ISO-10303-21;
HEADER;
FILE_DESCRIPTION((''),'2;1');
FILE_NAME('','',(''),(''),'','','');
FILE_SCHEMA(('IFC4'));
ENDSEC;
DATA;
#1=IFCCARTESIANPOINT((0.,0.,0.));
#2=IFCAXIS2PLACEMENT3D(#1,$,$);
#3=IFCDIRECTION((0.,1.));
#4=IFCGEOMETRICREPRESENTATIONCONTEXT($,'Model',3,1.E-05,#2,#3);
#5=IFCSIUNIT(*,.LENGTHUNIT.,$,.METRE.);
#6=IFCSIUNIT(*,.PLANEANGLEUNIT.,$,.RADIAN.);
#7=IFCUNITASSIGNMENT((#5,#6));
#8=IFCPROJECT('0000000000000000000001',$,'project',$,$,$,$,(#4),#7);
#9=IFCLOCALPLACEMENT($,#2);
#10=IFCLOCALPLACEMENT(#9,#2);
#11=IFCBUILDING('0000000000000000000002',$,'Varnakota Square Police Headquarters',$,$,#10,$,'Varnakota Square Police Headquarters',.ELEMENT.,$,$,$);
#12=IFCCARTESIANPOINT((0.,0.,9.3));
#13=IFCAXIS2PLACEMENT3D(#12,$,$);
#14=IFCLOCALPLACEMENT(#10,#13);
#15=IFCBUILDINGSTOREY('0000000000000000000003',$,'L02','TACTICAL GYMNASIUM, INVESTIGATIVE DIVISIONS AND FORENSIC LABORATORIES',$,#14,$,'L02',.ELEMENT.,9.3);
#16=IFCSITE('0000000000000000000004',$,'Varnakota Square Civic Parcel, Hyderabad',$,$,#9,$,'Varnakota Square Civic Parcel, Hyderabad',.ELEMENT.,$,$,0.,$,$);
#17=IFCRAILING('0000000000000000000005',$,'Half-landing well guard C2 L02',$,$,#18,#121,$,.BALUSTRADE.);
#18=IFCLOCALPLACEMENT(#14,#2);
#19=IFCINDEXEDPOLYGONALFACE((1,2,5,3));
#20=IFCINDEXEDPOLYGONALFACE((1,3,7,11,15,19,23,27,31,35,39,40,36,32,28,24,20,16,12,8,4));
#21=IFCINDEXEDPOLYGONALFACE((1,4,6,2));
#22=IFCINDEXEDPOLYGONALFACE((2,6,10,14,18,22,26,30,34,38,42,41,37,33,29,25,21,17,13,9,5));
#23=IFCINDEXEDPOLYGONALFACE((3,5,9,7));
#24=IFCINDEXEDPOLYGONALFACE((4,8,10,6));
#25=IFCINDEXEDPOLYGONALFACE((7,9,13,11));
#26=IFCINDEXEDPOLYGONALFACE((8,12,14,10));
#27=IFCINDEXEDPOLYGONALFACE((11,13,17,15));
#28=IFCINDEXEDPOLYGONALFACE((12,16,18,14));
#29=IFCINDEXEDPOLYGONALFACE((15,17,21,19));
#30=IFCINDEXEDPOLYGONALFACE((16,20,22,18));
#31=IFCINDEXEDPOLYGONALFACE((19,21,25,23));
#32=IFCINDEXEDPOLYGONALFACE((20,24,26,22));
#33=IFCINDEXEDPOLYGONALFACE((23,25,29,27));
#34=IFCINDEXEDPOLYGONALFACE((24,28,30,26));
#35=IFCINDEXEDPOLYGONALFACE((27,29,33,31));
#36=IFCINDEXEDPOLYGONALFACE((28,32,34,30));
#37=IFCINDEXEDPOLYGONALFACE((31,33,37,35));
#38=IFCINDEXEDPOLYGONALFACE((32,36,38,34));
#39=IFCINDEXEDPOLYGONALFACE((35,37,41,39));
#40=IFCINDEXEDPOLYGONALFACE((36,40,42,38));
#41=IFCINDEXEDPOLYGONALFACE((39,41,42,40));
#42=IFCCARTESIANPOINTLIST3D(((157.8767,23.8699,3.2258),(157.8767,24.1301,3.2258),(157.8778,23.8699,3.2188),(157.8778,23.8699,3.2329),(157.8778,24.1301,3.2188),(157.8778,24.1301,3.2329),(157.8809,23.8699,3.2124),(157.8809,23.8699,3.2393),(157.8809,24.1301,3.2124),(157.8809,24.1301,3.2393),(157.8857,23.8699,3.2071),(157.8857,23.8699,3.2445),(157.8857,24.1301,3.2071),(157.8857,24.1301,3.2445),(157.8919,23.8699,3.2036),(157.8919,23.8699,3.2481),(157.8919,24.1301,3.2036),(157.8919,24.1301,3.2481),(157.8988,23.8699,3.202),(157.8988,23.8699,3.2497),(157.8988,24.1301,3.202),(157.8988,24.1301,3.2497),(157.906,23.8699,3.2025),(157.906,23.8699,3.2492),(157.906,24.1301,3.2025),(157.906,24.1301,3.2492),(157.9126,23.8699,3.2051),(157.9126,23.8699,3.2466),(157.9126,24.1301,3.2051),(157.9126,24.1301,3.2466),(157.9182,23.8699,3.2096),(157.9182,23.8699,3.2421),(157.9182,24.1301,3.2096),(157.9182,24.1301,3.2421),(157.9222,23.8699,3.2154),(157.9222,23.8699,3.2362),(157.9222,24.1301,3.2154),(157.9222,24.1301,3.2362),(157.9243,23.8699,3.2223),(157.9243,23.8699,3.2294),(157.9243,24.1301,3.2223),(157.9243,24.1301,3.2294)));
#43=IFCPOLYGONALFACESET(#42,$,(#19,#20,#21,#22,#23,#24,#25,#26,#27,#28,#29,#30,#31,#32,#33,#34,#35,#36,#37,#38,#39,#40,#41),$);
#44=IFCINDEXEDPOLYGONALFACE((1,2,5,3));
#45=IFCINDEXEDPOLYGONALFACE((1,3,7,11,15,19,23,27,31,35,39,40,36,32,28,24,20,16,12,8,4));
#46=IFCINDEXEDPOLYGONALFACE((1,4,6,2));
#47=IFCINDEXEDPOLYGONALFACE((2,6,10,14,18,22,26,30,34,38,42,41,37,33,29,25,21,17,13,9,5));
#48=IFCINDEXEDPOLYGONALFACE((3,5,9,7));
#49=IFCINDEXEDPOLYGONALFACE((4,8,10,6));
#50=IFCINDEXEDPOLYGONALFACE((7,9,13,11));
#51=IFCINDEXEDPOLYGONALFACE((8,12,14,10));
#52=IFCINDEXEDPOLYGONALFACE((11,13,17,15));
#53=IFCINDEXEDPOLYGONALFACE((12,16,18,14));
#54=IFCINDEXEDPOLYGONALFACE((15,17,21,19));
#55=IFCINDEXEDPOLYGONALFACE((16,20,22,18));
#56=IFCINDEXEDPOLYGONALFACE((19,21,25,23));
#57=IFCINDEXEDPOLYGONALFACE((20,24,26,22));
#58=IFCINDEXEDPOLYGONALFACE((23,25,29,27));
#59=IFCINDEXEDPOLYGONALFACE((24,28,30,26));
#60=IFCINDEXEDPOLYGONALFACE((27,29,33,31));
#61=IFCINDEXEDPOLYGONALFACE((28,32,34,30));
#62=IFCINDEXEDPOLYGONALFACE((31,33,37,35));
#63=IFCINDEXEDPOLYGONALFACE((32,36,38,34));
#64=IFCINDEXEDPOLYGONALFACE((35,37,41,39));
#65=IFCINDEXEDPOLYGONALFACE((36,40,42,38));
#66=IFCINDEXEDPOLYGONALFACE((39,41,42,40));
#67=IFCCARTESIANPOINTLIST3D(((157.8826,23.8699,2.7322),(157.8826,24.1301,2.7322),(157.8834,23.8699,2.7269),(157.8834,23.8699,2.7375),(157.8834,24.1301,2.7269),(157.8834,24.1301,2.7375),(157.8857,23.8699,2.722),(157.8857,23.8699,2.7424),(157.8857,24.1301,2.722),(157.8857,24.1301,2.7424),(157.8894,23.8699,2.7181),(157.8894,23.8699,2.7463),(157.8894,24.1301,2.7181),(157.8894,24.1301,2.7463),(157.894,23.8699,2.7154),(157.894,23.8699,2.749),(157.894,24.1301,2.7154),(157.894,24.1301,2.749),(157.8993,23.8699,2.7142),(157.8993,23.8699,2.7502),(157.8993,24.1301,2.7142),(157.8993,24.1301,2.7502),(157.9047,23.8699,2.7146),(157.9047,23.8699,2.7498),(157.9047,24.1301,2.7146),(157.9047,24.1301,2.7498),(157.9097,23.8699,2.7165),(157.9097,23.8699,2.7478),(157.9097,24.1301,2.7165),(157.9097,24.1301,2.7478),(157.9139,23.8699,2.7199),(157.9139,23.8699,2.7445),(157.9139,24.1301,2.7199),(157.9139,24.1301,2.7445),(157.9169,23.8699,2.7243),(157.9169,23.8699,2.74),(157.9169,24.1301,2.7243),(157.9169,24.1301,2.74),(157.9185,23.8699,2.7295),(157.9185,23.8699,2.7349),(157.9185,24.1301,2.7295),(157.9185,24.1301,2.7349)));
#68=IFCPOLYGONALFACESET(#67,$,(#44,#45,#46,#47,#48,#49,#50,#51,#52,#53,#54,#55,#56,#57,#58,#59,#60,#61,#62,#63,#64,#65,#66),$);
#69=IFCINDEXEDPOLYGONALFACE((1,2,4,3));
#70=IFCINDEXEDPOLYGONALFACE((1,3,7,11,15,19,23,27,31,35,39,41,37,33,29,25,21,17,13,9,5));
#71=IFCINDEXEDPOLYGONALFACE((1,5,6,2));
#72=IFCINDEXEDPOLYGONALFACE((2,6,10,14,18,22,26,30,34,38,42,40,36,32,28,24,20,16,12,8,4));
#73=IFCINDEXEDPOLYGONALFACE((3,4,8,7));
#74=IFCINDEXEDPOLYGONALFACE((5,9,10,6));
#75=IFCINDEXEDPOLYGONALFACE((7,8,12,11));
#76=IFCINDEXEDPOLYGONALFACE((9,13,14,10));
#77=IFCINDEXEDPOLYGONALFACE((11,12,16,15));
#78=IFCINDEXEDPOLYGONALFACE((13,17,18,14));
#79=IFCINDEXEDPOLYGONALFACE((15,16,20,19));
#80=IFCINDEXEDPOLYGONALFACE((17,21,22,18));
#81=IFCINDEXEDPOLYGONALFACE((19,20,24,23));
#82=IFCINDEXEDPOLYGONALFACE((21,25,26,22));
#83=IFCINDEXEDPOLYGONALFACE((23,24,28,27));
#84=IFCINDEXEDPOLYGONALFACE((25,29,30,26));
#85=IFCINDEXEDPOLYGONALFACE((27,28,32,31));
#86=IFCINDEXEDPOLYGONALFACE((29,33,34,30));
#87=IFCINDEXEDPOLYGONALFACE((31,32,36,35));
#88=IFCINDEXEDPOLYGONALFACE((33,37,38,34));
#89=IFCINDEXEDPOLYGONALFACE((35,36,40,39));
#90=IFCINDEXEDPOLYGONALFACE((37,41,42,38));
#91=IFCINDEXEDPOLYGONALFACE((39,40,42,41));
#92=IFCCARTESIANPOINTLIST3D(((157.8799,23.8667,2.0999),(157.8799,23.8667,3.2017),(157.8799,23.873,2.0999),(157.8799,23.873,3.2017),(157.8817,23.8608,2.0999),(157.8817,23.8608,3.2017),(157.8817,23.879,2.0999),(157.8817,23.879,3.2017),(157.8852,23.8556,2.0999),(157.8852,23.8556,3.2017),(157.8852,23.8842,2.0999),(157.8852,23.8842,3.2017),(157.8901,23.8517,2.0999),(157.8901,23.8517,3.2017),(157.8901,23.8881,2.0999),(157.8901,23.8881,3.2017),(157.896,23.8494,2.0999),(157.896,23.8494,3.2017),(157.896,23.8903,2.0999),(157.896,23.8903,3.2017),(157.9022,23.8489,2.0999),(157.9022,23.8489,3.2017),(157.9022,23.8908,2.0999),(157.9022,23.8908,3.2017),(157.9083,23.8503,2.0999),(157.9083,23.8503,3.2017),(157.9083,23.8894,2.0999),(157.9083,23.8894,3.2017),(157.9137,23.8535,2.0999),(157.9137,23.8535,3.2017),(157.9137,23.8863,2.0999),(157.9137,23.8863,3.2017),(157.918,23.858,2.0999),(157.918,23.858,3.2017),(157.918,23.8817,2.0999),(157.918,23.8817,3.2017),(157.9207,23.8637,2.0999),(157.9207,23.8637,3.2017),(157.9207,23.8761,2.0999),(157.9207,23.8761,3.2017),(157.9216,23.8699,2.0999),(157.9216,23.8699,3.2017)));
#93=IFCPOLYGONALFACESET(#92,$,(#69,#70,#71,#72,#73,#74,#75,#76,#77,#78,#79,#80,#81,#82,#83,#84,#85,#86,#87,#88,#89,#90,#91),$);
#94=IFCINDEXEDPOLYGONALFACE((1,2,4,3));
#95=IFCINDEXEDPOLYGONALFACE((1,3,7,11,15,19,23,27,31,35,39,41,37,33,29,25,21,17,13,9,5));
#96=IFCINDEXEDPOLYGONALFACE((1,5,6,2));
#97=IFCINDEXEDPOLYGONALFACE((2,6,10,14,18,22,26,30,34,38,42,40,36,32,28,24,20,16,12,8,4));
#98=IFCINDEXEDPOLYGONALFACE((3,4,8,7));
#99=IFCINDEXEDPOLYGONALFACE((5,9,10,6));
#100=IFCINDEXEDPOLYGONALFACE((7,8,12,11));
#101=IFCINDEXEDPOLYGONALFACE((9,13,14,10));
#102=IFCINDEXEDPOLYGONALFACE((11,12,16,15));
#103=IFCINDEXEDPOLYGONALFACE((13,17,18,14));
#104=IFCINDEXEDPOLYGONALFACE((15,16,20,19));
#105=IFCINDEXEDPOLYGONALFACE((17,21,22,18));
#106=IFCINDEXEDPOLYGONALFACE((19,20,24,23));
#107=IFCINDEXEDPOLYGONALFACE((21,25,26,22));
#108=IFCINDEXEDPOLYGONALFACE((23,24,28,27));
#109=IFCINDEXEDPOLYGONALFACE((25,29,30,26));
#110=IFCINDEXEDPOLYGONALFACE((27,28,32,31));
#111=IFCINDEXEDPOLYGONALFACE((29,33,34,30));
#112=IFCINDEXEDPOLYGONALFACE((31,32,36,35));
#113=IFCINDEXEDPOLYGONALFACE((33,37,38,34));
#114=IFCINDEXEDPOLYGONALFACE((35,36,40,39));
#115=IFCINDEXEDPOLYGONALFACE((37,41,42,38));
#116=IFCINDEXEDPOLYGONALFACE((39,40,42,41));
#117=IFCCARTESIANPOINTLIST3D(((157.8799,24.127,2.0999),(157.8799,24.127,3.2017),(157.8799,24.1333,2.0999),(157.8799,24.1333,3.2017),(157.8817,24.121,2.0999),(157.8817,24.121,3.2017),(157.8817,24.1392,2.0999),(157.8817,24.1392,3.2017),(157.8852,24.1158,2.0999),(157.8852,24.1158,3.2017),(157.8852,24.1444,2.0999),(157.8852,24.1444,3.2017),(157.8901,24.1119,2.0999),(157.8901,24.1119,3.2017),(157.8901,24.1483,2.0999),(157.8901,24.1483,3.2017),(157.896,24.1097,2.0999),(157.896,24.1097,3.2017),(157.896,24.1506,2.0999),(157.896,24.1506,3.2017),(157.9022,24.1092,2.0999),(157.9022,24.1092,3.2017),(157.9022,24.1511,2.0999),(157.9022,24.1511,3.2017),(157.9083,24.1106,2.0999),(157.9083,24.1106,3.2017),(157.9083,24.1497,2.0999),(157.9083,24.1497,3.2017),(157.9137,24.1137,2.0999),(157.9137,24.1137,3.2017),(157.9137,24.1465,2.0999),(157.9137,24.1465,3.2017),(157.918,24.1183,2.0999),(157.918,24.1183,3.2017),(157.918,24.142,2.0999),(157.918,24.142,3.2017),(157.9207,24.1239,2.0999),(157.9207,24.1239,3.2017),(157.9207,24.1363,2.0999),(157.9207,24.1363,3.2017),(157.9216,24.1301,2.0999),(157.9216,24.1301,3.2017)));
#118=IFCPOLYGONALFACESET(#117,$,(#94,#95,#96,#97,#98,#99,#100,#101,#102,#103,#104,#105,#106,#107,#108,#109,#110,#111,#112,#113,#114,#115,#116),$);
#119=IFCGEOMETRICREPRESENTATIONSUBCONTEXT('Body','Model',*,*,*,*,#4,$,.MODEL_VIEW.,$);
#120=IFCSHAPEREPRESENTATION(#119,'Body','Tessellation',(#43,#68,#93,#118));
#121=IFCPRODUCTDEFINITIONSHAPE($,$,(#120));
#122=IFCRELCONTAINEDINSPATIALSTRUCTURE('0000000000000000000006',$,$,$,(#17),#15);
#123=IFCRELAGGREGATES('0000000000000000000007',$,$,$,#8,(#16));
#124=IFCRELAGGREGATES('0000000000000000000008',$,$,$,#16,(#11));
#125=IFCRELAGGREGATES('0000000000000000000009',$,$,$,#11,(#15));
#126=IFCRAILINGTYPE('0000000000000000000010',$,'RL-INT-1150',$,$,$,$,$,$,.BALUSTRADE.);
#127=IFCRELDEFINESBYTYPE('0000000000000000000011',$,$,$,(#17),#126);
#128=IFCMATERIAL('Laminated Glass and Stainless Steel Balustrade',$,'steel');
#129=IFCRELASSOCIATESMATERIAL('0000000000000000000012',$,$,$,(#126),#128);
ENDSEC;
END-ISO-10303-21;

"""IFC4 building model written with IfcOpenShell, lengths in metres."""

from ifc_helpers import new_model, si_unit, direction, frame, origin, origin_2d, place, context, subcontext, project, spatial, circle, extrude, material, type_object, element, save


model = new_model("IFC4")

# Units and contexts
model_context = context("Model", 3, precision=1e-05, world=origin(), true_north=direction((0.0, 1.0)))
body_context = subcontext(model_context, "Body", "Model", "MODEL_VIEW")
ifc_project = project(units=[si_unit("LENGTHUNIT", "METRE"), si_unit("PLANEANGLEUNIT", "RADIAN")], contexts=[model_context])

# Site, building, storey
site_placement = place(None, origin())
site = spatial("IfcSite", under=ifc_project, at=site_placement, Name="Varnakota Square Civic Parcel, Hyderabad", LongName="Varnakota Square Civic Parcel, Hyderabad", CompositionType="ELEMENT", RefElevation=0.0)
building_placement = place(site_placement, origin())
building = spatial("IfcBuilding", under=site, at=building_placement, Name="Varnakota Square Police Headquarters", LongName="Varnakota Square Police Headquarters", CompositionType="ELEMENT")
storey_placement = place(building_placement, frame((0.0, 0.0, 9.3)))
storey = spatial("IfcBuildingStorey", under=building, at=storey_placement, Name="L02", Description="TACTICAL GYMNASIUM, INVESTIGATIVE DIVISIONS AND FORENSIC LABORATORIES", LongName="L02", CompositionType="ELEMENT", Elevation=9.3)

# Railing
ifc_material_1 = material(Name="Laminated Glass and Stainless Steel Balustrade", Category="steel")
railing_type_1 = type_object("IfcRailingType", Name="RL-INT-1150", PredefinedType="BALUSTRADE", material=ifc_material_1)
railing_1_placement = place(storey_placement, frame((157.9006, 23.8699, 2.0999)))
element("IfcRailing", 1, at=railing_1_placement, inside=storey, type_object=railing_type_1, Name="Half-landing well guard C2 L02", PredefinedType="BALUSTRADE", context=body_context, shape_type="SweptSolid", body=[
    extrude(circle(Radius=0.0239, at=origin_2d()), frame((0.0, 0.0, 1.126), z_axis=(0.0, 1.0, 0.0), x_axis=(-1.0, 0.0, 0.0)), (0.0, 0.0, 1.0), 0.2603),
    extrude(circle(Radius=0.0181, at=origin_2d()), frame((0.0, 0.0, 0.6323), z_axis=(0.0, 1.0, 0.0), x_axis=(-1.0, 0.0, 0.0)), (0.0, 0.0, 1.0), 0.2603),
    extrude(circle(Radius=0.021, at=origin_2d()), origin(), (0.0, 0.0, 1.0), 1.1018),
    extrude(circle(Radius=0.021, at=origin_2d()), frame((0.0, 0.2603, 0.0)), (0.0, 0.0, 1.0), 1.1018),
])

save(model, "model.ifc")
